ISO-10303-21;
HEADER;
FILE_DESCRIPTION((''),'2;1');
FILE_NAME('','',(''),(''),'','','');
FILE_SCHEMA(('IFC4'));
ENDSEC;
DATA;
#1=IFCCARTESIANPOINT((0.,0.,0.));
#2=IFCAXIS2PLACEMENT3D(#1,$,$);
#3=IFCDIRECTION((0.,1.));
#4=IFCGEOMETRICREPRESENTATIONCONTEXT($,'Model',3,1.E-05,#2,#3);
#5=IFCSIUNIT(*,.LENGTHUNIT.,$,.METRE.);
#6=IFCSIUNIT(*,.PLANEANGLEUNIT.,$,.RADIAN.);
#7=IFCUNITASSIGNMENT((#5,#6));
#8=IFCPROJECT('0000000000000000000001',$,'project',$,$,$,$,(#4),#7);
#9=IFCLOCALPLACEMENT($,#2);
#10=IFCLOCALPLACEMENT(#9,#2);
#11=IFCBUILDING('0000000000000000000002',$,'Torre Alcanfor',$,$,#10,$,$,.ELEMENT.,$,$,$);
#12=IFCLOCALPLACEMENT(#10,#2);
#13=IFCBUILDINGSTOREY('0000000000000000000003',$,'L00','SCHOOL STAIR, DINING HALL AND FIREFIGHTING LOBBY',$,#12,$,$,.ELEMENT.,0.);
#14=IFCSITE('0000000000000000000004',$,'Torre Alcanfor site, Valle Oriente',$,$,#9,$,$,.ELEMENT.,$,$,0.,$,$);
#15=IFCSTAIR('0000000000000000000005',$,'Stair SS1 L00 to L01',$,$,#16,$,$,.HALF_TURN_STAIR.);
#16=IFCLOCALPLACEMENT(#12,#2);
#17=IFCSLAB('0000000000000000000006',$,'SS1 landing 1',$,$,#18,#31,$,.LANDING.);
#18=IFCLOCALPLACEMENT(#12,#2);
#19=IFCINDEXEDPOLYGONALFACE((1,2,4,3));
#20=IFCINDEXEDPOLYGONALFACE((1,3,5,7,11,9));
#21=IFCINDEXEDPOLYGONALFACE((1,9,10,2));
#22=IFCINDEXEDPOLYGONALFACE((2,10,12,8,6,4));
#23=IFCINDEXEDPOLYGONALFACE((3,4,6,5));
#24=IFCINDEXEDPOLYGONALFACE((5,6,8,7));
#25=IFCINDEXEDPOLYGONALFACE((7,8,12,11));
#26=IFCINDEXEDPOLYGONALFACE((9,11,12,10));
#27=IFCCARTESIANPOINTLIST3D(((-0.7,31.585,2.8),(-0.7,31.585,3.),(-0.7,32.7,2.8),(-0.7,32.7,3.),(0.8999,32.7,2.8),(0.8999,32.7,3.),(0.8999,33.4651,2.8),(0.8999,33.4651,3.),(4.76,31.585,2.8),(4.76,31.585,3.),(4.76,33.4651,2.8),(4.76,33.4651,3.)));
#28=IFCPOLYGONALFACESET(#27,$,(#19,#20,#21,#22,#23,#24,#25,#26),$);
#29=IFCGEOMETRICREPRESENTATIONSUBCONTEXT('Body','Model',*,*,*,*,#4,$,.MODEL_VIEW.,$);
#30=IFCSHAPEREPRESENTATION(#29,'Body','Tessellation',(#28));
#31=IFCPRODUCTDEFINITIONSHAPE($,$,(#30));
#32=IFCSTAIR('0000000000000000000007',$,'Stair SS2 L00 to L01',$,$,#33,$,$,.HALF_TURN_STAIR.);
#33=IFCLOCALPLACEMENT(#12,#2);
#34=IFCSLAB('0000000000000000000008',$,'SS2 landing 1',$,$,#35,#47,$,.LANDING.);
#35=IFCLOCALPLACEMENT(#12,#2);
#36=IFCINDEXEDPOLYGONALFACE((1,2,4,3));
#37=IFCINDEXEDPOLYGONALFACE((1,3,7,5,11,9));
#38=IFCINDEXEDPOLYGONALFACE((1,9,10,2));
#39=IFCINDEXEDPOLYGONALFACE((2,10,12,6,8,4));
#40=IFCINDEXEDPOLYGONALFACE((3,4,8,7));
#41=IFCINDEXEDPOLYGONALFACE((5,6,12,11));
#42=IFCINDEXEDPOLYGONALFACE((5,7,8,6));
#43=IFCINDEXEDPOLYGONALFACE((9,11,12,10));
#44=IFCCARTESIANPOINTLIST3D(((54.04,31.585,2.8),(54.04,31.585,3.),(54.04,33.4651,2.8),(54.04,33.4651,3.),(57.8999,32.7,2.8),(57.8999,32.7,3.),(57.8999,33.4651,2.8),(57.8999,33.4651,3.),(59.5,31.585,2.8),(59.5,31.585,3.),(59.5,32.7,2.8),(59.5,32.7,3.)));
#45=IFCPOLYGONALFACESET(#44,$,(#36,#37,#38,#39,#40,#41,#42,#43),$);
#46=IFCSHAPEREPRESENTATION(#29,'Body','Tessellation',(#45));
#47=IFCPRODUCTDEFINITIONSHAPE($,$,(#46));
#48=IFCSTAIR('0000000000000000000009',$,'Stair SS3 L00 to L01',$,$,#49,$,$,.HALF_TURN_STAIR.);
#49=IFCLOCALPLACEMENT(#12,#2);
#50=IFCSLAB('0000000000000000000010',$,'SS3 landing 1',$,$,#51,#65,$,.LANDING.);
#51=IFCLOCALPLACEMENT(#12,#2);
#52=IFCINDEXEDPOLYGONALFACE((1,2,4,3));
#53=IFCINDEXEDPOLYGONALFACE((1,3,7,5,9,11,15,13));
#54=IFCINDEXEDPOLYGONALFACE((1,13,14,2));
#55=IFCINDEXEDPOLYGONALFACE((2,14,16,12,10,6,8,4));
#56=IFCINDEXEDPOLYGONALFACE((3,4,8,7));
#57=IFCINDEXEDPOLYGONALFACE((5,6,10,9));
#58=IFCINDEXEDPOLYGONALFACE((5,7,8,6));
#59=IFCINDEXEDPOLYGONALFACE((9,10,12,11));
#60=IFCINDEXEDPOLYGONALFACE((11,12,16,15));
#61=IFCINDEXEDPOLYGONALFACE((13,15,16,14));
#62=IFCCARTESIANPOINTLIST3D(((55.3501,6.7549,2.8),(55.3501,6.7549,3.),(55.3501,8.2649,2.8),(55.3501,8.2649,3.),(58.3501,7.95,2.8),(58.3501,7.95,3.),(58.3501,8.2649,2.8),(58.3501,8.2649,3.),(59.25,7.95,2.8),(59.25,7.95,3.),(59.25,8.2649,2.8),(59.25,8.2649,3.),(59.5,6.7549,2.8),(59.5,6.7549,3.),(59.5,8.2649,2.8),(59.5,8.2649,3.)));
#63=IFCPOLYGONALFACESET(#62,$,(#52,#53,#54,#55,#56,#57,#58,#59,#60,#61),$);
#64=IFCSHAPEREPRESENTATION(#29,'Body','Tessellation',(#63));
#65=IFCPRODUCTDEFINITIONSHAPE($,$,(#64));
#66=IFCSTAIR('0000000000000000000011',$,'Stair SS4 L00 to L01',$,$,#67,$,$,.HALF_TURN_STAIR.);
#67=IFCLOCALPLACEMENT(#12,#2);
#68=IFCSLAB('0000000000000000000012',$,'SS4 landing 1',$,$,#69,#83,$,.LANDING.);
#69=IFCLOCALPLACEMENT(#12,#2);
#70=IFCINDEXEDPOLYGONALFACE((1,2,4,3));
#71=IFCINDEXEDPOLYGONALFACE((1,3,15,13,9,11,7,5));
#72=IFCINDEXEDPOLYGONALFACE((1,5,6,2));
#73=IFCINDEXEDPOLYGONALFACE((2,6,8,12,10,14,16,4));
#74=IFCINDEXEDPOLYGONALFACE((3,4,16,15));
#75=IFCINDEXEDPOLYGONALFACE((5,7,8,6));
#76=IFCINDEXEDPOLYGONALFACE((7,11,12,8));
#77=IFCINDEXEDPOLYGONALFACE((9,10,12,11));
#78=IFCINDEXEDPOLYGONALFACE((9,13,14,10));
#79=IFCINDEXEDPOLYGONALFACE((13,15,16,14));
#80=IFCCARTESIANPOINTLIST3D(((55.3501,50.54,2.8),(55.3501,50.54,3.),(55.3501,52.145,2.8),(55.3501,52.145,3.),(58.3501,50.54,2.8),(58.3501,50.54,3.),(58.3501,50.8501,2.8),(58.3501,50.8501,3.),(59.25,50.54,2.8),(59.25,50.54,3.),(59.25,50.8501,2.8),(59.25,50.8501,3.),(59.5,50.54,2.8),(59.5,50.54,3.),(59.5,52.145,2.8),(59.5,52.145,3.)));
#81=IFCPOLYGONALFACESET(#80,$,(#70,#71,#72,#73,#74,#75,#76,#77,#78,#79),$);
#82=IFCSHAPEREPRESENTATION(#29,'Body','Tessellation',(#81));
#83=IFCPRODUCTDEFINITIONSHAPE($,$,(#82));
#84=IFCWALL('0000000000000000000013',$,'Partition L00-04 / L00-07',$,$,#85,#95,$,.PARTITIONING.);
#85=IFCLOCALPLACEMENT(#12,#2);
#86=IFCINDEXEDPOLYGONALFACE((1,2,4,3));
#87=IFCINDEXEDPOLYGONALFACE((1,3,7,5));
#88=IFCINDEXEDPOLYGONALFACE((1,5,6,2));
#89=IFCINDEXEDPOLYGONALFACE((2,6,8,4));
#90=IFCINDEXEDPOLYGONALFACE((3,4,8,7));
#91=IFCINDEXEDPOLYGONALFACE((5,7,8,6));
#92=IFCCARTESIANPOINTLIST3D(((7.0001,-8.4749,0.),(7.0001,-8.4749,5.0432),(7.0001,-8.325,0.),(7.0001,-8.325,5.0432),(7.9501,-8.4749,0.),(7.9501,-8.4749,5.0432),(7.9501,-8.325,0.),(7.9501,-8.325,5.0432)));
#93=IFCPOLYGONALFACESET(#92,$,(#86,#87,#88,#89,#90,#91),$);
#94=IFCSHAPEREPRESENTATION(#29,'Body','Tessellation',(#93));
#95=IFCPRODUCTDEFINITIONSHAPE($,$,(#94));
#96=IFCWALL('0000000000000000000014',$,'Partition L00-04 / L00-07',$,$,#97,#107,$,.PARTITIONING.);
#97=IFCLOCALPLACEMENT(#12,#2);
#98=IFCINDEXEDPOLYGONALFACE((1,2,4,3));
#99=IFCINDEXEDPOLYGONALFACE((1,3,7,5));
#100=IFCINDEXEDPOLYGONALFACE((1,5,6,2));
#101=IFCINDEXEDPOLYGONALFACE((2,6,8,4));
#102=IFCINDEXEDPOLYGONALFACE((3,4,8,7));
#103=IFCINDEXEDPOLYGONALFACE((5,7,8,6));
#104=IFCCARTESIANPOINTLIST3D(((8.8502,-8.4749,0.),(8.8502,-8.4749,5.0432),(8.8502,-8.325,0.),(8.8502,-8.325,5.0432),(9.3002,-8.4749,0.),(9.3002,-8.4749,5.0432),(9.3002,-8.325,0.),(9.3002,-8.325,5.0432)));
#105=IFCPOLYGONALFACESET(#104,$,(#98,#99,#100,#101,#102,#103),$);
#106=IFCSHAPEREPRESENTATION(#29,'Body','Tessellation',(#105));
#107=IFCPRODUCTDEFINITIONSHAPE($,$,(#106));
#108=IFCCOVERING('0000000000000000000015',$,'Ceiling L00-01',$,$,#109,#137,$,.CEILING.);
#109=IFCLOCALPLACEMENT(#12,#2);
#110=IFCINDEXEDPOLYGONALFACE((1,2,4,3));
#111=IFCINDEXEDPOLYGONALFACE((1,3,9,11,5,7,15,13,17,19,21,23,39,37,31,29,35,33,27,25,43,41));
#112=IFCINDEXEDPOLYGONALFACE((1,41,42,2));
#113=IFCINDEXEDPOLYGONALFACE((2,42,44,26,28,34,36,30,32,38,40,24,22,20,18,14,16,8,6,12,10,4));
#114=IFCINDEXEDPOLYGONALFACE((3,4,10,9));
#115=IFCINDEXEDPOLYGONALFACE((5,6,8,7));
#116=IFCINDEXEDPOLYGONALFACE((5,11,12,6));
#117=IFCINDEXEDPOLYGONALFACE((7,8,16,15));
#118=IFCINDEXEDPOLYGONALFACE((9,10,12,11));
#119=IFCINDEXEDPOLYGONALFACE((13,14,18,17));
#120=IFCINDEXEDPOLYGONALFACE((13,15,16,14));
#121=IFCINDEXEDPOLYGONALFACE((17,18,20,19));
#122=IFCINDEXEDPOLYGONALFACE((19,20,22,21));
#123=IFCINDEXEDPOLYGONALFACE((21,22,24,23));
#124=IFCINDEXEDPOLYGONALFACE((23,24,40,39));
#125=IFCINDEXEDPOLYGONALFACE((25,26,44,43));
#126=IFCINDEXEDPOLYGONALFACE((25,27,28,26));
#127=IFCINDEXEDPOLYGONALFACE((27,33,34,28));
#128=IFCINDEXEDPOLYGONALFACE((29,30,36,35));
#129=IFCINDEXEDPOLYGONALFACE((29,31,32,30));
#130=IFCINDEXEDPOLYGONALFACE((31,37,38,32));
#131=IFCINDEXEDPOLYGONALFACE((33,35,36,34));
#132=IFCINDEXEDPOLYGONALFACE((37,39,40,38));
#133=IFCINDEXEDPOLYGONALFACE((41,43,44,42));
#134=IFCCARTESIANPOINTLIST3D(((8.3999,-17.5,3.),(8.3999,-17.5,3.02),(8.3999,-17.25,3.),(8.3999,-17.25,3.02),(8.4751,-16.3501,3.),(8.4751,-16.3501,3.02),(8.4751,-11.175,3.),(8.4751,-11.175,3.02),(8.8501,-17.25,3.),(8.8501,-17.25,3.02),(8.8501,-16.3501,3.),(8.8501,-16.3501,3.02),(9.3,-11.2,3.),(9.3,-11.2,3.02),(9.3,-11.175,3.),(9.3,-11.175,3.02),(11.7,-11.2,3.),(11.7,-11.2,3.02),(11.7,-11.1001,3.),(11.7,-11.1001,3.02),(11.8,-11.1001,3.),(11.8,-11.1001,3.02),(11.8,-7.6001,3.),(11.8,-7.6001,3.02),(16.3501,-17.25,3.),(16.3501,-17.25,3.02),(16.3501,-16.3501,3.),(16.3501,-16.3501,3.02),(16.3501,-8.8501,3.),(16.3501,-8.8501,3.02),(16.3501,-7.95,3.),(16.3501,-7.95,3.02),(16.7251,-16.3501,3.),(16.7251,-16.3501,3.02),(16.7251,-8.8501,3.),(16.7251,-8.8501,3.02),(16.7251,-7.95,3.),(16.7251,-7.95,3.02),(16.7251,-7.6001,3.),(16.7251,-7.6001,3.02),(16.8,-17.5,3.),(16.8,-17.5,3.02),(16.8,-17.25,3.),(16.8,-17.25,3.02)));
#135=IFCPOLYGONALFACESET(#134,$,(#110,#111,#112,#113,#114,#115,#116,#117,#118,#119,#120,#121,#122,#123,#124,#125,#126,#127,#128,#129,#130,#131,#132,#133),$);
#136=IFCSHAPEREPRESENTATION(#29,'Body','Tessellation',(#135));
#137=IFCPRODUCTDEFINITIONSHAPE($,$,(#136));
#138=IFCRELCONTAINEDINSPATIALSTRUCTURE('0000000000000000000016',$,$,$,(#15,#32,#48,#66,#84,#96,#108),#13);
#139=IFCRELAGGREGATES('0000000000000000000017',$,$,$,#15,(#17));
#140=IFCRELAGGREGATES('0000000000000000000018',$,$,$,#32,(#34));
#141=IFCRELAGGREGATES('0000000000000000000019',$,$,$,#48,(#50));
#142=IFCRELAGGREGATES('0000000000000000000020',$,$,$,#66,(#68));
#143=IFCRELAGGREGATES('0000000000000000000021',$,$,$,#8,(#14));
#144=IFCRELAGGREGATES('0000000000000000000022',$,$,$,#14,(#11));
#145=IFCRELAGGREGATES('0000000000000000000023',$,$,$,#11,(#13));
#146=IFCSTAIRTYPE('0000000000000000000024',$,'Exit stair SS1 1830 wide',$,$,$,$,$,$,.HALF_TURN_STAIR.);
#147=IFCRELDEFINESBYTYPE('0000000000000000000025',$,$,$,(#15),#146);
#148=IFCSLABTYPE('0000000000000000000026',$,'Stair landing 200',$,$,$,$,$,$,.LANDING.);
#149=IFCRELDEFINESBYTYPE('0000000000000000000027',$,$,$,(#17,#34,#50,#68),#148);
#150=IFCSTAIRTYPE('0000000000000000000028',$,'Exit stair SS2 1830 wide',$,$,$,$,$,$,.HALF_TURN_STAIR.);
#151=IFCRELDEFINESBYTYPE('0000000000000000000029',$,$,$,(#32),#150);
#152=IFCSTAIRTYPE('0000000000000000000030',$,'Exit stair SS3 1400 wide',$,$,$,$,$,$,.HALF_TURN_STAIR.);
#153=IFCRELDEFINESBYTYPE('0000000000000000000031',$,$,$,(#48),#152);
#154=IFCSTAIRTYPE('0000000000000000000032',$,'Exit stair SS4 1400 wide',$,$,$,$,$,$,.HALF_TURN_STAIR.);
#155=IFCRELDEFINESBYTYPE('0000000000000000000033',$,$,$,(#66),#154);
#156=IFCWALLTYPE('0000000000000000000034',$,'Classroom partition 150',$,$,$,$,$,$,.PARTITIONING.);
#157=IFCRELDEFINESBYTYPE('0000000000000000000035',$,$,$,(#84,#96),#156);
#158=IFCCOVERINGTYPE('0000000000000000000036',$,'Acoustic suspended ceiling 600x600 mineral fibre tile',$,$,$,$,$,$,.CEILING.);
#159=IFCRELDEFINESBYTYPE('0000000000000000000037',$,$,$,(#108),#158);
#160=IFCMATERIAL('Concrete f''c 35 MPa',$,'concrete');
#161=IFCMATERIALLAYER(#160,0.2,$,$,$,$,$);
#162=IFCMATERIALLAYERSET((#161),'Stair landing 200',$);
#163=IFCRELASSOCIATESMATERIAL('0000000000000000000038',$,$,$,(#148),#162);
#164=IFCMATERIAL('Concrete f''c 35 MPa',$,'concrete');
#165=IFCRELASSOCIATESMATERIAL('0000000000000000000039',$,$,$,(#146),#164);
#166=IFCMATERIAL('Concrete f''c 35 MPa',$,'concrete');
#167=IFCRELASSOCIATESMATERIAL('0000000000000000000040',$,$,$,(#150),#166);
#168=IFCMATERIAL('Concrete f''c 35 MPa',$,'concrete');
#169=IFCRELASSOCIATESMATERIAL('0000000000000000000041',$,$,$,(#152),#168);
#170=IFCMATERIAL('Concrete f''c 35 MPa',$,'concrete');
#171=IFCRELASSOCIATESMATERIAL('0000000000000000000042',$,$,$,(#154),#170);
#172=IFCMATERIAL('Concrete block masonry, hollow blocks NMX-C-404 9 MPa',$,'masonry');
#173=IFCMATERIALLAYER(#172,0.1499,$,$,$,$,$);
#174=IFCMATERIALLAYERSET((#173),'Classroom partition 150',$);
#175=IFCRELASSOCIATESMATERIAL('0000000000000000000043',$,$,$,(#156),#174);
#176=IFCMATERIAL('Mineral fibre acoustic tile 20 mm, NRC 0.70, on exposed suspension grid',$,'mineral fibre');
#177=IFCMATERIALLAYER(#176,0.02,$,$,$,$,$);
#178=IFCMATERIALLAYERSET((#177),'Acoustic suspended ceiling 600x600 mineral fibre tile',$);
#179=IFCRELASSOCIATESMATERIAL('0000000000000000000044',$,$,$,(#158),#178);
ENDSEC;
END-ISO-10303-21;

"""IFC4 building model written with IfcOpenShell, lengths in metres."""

from ifc_helpers import new_model, si_unit, direction, frame, frame_2d, origin, place, context, subcontext, project, spatial, polyline, rectangle, outline, extrude, material, layer, layer_set, type_object, element, aggregate, save


model = new_model("IFC4")

# Units and contexts
model_context = context("Model", 3, precision=1e-05, world=origin(), true_north=direction((0.0, 1.0)))
body_context = subcontext(model_context, "Body", "Model", "MODEL_VIEW")
ifc_project = project(units=[si_unit("LENGTHUNIT", "METRE"), si_unit("PLANEANGLEUNIT", "RADIAN")], contexts=[model_context])

# Site, building, storey
site_placement = place(None, origin())
site = spatial("IfcSite", under=ifc_project, at=site_placement, Name="Torre Alcanfor site, Valle Oriente", CompositionType="ELEMENT", RefElevation=0.0)
building_placement = place(site_placement, origin())
building = spatial("IfcBuilding", under=site, at=building_placement, Name="Torre Alcanfor", CompositionType="ELEMENT")
storey_placement = place(building_placement, origin())
storey = spatial("IfcBuildingStorey", under=building, at=storey_placement, Name="L00", Description="SCHOOL STAIR, DINING HALL AND FIREFIGHTING LOBBY", CompositionType="ELEMENT", Elevation=0.0)

# Shared definitions
ifc_material_1 = material(Name="Concrete f'c 35 MPa", Category="concrete")
ifc_layer_1 = layer(ifc_material_1, 0.2)
ifc_layer_set_1 = layer_set([ifc_layer_1], Name="Stair landing 200")
slab_type_1 = type_object("IfcSlabType", Name="Stair landing 200", PredefinedType="LANDING", material=ifc_layer_set_1)

# Stairs, slabs
ifc_material_2 = material(Name="Concrete f'c 35 MPa", Category="concrete")
stair_type_1 = type_object("IfcStairType", Name="Exit stair SS1 1830 wide", PredefinedType="HALF_TURN_STAIR", material=ifc_material_2)
stair_1_placement = place(storey_placement, origin())
stair_1 = element("IfcStair", 1, at=stair_1_placement, inside=storey, type_object=stair_type_1, Name="Stair SS1 L00 to L01", PredefinedType="HALF_TURN_STAIR")
slab_1_placement = place(storey_placement, frame((0.0, 0.0, 2.8)))
slab_1 = element("IfcSlab", 2, at=slab_1_placement, type_object=slab_type_1, Name="SS1 landing 1", PredefinedType="LANDING", context=body_context, shape_type="SweptSolid", body=[
    extrude(outline(polyline([(4.76, 33.4651), (4.76, 31.585), (-0.7, 31.585), (-0.7, 32.7), (0.8999, 32.7), (0.8999, 33.4651), (4.76, 33.4651)])), origin(), (0.0, 0.0, 1.0), 0.2),
])
aggregate(stair_1, [slab_1])
ifc_material_3 = material(Name="Concrete f'c 35 MPa", Category="concrete")
stair_type_2 = type_object("IfcStairType", Name="Exit stair SS2 1830 wide", PredefinedType="HALF_TURN_STAIR", material=ifc_material_3)
stair_2_placement = place(storey_placement, origin())
stair_2 = element("IfcStair", 3, at=stair_2_placement, inside=storey, type_object=stair_type_2, Name="Stair SS2 L00 to L01", PredefinedType="HALF_TURN_STAIR")
slab_2_placement = place(storey_placement, frame((0.0, 0.0, 2.8)))
slab_2 = element("IfcSlab", 4, at=slab_2_placement, type_object=slab_type_1, Name="SS2 landing 1", PredefinedType="LANDING", context=body_context, shape_type="SweptSolid", body=[
    extrude(outline(polyline([(59.5, 31.585), (54.04, 31.585), (54.04, 33.4651), (57.8999, 33.4651), (57.8999, 32.7), (59.5, 32.7), (59.5, 31.585)])), origin(), (0.0, 0.0, 1.0), 0.2),
])
aggregate(stair_2, [slab_2])
ifc_material_4 = material(Name="Concrete f'c 35 MPa", Category="concrete")
stair_type_3 = type_object("IfcStairType", Name="Exit stair SS3 1400 wide", PredefinedType="HALF_TURN_STAIR", material=ifc_material_4)
stair_3_placement = place(storey_placement, origin())
stair_3 = element("IfcStair", 5, at=stair_3_placement, inside=storey, type_object=stair_type_3, Name="Stair SS3 L00 to L01", PredefinedType="HALF_TURN_STAIR")
slab_3_placement = place(storey_placement, frame((0.0, 0.0, 2.8)))
slab_3 = element("IfcSlab", 6, at=slab_3_placement, type_object=slab_type_1, Name="SS3 landing 1", PredefinedType="LANDING", context=body_context, shape_type="SweptSolid", body=[
    extrude(outline(polyline([(59.5, 8.2649), (59.5, 6.7549), (55.3501, 6.7549), (55.3501, 8.2649), (58.3501, 8.2649), (58.3501, 7.95), (59.25, 7.95), (59.25, 8.2649), (59.5, 8.2649)])), origin(), (0.0, 0.0, 1.0), 0.2),
])
aggregate(stair_3, [slab_3])
ifc_material_5 = material(Name="Concrete f'c 35 MPa", Category="concrete")
stair_type_4 = type_object("IfcStairType", Name="Exit stair SS4 1400 wide", PredefinedType="HALF_TURN_STAIR", material=ifc_material_5)
stair_4_placement = place(storey_placement, origin())
stair_4 = element("IfcStair", 7, at=stair_4_placement, inside=storey, type_object=stair_type_4, Name="Stair SS4 L00 to L01", PredefinedType="HALF_TURN_STAIR")
slab_4_placement = place(storey_placement, frame((0.0, 0.0, 2.8)))
slab_4 = element("IfcSlab", 8, at=slab_4_placement, type_object=slab_type_1, Name="SS4 landing 1", PredefinedType="LANDING", context=body_context, shape_type="SweptSolid", body=[
    extrude(outline(polyline([(55.3501, 50.54), (55.3501, 52.145), (59.5, 52.145), (59.5, 50.54), (59.25, 50.54), (59.25, 50.8501), (58.3501, 50.8501), (58.3501, 50.54), (55.3501, 50.54)])), origin(), (0.0, 0.0, 1.0), 0.2),
])
aggregate(stair_4, [slab_4])

# Walls
ifc_material_6 = material(Name="Concrete block masonry, hollow blocks NMX-C-404 9 MPa", Category="masonry")
ifc_layer_2 = layer(ifc_material_6, 0.1499)
ifc_layer_set_2 = layer_set([ifc_layer_2], Name="Classroom partition 150")
wall_type = type_object("IfcWallType", Name="Classroom partition 150", PredefinedType="PARTITIONING", material=ifc_layer_set_2)
wall_1_placement = place(storey_placement, frame((7.0, -8.3999, 0.0), z_axis=(0.0, 0.0, 1.0), x_axis=(1.0, 0.0, 0.0)))
element("IfcWall", 9, at=wall_1_placement, inside=storey, type_object=wall_type, Name="Partition L00-04 / L00-07", PredefinedType="PARTITIONING", context=body_context, shape_type="SweptSolid", body=[
    extrude(rectangle(XDim=0.95, YDim=0.1499, at=frame_2d((0.4751, 0.0))), origin(), (0.0, 0.0, 1.0), 5.0432),
])
wall_2_placement = place(storey_placement, frame((8.8501, -8.3999, 0.0), z_axis=(0.0, 0.0, 1.0), x_axis=(1.0, 0.0, 0.0)))
element("IfcWall", 10, at=wall_2_placement, inside=storey, type_object=wall_type, Name="Partition L00-04 / L00-07", PredefinedType="PARTITIONING", context=body_context, shape_type="SweptSolid", body=[
    extrude(rectangle(XDim=0.45, YDim=0.1499, at=frame_2d((0.2251, 0.0))), origin(), (0.0, 0.0, 1.0), 5.0432),
])

# Covering
ifc_material_7 = material(Name="Mineral fibre acoustic tile 20 mm, NRC 0.70, on exposed suspension grid", Category="mineral fibre")
ifc_layer_3 = layer(ifc_material_7, 0.02)
ifc_layer_set_3 = layer_set([ifc_layer_3], Name="Acoustic suspended ceiling 600x600 mineral fibre tile")
covering_type = type_object("IfcCoveringType", Name="Acoustic suspended ceiling 600x600 mineral fibre tile", PredefinedType="CEILING", material=ifc_layer_set_3)
covering_placement = place(storey_placement, frame((0.0, 0.0, 3.0)))
element("IfcCovering", 11, at=covering_placement, inside=storey, type_object=covering_type, Name="Ceiling L00-01", PredefinedType="CEILING", context=body_context, shape_type="SweptSolid", body=[
    extrude(outline(polyline([(8.8501, -17.25), (8.3999, -17.25), (8.3999, -17.5), (16.8, -17.5), (16.8, -17.25), (16.3501, -17.25), (16.3501, -16.3501), (16.7251, -16.3501), (16.7251, -8.8501), (16.3501, -8.8501), (16.3501, -7.95), (16.7251, -7.95), (16.7251, -7.6001), (11.8, -7.6001), (11.8, -11.1001), (11.7, -11.1001), (11.7, -11.2), (9.3, -11.2), (9.3, -11.175), (8.4751, -11.175), (8.4751, -16.3501), (8.8501, -16.3501), (8.8501, -17.25)])), origin(), (0.0, 0.0, 1.0), 0.02),
])

save(model, "model.ifc")
